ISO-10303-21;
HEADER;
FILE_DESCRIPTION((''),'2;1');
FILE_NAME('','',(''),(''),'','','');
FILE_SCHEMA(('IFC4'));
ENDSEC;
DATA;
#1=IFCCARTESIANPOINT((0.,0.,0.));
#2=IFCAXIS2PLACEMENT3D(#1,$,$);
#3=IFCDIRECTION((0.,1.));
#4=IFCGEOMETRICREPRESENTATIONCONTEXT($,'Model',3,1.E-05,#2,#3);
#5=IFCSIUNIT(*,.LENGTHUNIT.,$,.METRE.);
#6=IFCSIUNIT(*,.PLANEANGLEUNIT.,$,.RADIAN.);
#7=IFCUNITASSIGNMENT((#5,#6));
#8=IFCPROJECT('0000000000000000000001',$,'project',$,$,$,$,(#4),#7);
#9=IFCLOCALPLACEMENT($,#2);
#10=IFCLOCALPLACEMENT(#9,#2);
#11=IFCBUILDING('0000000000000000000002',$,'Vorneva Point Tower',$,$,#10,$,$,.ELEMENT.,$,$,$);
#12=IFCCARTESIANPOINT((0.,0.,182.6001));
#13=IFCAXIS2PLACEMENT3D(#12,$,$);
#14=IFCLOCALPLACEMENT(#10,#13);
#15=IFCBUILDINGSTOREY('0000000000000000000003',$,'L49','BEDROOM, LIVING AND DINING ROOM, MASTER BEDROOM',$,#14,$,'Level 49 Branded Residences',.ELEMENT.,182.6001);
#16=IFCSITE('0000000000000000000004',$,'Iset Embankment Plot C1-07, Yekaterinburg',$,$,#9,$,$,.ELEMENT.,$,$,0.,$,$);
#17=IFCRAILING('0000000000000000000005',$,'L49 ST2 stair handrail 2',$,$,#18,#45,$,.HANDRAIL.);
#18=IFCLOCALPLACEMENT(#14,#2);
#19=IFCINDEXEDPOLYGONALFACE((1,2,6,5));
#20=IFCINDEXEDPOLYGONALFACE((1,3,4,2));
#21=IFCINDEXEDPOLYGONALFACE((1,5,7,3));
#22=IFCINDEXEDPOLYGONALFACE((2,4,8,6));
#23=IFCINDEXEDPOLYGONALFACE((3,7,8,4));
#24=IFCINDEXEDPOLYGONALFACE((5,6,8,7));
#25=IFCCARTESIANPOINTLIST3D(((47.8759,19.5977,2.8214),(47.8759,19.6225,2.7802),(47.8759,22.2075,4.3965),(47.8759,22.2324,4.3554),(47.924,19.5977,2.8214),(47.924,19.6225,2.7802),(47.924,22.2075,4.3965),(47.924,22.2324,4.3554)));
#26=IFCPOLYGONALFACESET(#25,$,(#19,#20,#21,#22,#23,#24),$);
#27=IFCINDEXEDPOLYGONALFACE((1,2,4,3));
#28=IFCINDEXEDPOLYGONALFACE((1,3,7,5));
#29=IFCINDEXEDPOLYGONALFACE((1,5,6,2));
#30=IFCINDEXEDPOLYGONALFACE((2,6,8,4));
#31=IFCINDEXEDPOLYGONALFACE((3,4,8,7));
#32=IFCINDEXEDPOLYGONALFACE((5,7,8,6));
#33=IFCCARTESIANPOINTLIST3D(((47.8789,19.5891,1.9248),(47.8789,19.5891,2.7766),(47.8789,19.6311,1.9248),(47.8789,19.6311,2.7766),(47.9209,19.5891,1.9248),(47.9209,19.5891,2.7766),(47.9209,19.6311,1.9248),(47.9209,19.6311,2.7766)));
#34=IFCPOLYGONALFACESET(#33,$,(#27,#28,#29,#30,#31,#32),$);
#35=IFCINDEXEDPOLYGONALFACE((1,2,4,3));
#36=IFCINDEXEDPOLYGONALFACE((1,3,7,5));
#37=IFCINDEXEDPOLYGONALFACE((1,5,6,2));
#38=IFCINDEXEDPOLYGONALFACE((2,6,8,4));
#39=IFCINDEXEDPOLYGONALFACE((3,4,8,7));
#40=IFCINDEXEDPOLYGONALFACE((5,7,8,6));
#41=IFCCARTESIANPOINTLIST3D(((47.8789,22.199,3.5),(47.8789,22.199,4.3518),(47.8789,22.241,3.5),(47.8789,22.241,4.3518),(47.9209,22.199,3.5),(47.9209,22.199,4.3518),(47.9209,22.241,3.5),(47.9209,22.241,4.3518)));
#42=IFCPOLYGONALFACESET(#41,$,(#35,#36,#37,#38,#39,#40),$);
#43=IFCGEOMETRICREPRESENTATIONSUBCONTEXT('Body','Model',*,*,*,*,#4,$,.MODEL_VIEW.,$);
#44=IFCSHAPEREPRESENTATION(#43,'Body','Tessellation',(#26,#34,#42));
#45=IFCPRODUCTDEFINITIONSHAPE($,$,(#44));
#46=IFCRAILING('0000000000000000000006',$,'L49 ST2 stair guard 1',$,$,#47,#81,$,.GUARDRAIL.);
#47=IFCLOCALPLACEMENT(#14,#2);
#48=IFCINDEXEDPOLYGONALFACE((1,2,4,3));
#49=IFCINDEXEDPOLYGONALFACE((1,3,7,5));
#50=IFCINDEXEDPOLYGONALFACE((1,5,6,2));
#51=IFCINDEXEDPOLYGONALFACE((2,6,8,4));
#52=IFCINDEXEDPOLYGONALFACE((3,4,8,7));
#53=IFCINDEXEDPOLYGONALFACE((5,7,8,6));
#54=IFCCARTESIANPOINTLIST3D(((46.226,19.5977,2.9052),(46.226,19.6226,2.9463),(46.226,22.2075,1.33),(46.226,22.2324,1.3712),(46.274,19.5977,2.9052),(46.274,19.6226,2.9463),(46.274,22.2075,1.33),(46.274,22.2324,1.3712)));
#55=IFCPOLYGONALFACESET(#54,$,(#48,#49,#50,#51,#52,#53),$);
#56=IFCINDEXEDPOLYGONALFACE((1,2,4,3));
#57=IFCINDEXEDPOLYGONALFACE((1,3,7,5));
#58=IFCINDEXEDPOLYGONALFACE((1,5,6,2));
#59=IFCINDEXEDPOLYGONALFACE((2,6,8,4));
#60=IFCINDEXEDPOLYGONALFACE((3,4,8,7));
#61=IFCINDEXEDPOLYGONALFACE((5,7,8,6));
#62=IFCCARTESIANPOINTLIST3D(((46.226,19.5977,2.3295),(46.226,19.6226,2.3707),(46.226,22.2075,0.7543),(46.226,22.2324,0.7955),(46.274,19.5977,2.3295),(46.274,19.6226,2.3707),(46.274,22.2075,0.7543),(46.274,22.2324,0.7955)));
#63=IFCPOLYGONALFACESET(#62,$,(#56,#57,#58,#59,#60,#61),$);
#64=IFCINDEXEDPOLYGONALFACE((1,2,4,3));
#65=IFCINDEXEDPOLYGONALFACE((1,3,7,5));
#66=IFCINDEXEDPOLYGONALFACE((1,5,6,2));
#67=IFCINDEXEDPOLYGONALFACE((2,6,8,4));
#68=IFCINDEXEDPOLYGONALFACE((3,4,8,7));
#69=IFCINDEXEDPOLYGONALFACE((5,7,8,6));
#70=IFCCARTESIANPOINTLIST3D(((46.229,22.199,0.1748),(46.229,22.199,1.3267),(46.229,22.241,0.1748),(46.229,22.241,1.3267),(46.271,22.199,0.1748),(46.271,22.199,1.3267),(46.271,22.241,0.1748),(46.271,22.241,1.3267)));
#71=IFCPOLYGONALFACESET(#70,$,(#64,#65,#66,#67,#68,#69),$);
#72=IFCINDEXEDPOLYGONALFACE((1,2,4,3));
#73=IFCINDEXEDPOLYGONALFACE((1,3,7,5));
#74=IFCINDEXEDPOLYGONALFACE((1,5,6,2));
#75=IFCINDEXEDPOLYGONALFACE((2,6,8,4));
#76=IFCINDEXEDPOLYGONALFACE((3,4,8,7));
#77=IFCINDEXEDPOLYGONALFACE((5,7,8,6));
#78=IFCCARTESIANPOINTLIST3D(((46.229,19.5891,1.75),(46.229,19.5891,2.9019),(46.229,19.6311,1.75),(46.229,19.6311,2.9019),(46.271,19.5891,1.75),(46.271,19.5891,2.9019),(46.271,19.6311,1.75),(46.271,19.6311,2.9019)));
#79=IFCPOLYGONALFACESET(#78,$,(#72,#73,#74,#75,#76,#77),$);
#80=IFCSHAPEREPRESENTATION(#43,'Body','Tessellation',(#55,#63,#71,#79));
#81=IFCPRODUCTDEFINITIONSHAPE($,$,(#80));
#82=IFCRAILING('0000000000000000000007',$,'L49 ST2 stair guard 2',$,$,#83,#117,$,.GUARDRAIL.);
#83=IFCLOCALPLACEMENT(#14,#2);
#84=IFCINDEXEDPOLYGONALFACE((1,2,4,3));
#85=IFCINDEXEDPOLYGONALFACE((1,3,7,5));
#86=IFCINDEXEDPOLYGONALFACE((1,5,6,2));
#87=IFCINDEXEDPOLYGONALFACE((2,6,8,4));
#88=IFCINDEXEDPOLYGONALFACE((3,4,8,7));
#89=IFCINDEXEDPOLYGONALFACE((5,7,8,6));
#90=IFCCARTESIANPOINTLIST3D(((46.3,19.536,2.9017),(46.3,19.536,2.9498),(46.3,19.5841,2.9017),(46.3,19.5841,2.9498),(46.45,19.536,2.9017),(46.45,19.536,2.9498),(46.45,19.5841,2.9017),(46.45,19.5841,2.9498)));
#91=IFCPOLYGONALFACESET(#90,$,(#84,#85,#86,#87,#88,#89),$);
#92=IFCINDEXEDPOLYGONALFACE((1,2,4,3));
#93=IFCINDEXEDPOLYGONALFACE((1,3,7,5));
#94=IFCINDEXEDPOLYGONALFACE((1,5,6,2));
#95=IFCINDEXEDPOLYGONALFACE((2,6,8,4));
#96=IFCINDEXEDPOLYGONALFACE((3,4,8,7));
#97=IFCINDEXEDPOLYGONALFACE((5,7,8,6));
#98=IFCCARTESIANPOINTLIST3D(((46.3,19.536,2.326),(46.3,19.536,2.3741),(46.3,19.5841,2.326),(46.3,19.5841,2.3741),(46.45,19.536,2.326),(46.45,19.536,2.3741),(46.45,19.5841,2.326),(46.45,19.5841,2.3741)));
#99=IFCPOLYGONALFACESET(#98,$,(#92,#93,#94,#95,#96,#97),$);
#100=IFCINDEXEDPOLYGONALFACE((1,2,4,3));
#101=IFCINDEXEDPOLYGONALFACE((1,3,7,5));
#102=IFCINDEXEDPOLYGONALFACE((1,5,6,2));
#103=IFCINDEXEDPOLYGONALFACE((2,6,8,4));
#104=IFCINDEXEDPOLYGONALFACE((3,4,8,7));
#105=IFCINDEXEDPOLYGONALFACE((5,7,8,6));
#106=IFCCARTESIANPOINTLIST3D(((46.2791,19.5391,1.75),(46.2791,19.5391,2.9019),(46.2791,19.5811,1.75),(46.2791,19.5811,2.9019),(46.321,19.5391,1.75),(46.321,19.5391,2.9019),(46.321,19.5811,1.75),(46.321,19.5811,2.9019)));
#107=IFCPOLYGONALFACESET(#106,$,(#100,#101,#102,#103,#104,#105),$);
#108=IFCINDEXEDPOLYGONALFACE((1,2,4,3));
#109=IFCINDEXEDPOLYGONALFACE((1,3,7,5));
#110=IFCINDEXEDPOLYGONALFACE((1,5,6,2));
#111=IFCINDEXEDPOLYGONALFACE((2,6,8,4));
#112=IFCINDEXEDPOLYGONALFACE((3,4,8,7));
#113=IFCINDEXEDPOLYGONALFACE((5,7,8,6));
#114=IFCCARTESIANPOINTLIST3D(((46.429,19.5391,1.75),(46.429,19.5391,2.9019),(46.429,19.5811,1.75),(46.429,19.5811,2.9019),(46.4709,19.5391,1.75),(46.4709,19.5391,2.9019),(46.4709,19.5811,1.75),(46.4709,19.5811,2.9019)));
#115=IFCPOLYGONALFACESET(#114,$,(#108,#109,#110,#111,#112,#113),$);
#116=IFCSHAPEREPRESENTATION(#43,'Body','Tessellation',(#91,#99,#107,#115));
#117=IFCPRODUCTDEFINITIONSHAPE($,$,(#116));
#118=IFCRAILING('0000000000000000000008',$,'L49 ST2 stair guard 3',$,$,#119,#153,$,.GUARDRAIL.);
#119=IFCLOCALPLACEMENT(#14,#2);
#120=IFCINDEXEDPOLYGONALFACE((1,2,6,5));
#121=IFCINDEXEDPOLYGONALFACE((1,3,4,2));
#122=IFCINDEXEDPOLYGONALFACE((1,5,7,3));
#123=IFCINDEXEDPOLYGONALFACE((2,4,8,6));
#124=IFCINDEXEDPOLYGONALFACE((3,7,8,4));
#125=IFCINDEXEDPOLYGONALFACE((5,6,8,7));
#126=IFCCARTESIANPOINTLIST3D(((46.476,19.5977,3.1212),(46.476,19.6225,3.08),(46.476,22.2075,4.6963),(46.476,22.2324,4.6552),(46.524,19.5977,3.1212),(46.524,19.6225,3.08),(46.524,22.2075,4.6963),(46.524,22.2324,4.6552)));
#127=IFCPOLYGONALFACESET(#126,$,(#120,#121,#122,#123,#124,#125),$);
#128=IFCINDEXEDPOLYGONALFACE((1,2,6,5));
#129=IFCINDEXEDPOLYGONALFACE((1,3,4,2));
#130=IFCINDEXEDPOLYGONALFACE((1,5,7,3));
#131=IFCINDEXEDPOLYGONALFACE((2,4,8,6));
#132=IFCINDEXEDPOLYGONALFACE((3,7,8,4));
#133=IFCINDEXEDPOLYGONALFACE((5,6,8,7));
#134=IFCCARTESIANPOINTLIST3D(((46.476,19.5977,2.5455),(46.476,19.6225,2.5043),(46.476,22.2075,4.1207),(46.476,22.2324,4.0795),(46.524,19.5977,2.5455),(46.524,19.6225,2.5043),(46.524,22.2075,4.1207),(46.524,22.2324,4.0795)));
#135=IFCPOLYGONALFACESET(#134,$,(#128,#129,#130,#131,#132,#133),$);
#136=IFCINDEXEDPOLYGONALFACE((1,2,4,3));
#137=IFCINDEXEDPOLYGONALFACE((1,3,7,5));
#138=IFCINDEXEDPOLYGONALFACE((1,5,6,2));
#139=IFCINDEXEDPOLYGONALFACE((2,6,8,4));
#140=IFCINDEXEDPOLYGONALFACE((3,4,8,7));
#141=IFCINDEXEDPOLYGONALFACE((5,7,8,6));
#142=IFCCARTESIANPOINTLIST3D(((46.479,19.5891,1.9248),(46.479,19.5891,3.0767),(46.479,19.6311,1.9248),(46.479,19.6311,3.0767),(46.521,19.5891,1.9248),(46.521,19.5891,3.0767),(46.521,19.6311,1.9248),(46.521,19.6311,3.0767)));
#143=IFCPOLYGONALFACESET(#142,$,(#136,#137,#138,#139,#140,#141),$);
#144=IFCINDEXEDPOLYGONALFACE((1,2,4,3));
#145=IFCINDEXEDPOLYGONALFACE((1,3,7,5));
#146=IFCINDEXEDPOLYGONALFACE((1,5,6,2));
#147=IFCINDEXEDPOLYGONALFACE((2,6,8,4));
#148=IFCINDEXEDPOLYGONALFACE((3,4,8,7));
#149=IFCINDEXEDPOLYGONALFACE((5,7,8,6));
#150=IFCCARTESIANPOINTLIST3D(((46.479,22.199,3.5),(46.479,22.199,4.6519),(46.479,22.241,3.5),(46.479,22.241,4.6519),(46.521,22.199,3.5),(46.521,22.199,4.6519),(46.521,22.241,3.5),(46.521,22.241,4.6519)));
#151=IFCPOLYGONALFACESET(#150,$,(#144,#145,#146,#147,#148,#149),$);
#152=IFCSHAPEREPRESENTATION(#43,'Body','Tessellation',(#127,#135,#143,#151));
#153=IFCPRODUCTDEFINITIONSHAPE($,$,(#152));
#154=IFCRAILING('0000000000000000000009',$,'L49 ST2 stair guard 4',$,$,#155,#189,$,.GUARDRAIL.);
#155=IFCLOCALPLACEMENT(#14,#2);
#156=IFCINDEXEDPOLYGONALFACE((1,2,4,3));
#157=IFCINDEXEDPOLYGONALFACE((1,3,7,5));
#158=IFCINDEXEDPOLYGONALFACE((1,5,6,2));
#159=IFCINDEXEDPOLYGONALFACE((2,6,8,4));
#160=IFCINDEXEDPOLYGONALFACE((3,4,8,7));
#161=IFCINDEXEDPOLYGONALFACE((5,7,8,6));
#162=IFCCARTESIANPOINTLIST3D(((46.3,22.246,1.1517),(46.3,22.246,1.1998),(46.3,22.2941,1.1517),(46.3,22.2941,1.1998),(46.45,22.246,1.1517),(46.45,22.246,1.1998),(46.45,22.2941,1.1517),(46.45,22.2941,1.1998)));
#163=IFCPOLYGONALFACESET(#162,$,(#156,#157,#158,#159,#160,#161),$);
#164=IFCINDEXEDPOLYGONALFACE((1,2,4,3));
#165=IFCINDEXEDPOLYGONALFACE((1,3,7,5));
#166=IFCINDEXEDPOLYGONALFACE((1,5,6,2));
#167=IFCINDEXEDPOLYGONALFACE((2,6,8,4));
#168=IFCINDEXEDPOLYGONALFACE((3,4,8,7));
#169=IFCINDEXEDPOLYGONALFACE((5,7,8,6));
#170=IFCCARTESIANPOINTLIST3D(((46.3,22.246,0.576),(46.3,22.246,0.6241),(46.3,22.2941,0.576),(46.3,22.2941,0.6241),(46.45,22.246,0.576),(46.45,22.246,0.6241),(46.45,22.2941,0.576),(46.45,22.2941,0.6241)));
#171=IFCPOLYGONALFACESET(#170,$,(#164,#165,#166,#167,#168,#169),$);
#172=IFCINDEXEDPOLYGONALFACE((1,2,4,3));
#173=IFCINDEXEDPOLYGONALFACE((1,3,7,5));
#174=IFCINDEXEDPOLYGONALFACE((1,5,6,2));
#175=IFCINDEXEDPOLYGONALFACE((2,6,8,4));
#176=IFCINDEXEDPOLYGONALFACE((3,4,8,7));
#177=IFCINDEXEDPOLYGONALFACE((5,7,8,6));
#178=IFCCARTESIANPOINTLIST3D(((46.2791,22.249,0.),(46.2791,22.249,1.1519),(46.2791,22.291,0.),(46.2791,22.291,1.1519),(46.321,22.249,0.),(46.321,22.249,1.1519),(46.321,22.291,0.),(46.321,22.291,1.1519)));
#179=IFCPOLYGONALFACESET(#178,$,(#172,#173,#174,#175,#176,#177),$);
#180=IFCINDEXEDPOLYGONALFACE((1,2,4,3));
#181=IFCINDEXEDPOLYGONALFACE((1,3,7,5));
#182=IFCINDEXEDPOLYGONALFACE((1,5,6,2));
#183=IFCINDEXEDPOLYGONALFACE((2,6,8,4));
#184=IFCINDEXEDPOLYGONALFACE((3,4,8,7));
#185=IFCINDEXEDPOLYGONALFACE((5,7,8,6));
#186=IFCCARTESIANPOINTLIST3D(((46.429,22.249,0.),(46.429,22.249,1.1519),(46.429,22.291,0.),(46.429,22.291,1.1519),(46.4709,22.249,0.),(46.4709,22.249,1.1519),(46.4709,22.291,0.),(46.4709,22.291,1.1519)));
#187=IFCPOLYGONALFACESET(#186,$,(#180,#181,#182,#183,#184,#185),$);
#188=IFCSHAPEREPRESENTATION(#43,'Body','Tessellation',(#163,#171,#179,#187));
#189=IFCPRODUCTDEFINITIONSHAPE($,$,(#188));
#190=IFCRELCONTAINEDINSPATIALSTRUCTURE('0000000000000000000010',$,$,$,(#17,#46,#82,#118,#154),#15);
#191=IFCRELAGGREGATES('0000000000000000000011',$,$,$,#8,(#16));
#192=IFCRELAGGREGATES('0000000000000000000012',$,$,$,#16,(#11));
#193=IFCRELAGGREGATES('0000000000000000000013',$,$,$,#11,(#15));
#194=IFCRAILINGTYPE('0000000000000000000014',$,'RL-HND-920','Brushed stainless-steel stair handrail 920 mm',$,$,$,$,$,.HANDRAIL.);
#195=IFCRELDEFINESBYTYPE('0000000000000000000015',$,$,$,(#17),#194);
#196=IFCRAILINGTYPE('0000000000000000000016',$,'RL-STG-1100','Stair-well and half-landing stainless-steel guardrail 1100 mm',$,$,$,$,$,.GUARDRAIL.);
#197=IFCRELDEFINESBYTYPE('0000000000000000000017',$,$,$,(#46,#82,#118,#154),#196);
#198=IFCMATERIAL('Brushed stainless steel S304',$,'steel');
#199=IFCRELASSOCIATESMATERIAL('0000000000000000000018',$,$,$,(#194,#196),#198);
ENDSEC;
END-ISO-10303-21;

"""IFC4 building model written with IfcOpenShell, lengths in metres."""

from ifc_helpers import new_model, si_unit, direction, frame, origin, origin_2d, place, context, subcontext, project, spatial, rectangle, extrude, material, type_object, element, save


model = new_model("IFC4")

# Units and contexts
model_context = context("Model", 3, precision=1e-05, world=origin(), true_north=direction((0.0, 1.0)))
body_context = subcontext(model_context, "Body", "Model", "MODEL_VIEW")
ifc_project = project(units=[si_unit("LENGTHUNIT", "METRE"), si_unit("PLANEANGLEUNIT", "RADIAN")], contexts=[model_context])

# Site, building, storey
site_placement = place(None, origin())
site = spatial("IfcSite", under=ifc_project, at=site_placement, Name="Iset Embankment Plot C1-07, Yekaterinburg", CompositionType="ELEMENT", RefElevation=0.0)
building_placement = place(site_placement, origin())
building = spatial("IfcBuilding", under=site, at=building_placement, Name="Vorneva Point Tower", CompositionType="ELEMENT")
storey_placement = place(building_placement, frame((0.0, 0.0, 182.6001)))
storey = spatial("IfcBuildingStorey", under=building, at=storey_placement, Name="L49", Description="BEDROOM, LIVING AND DINING ROOM, MASTER BEDROOM", LongName="Level 49 Branded Residences", CompositionType="ELEMENT", Elevation=182.6001)

# Railings
ifc_material_1 = material(Name="Brushed stainless steel S304", Category="steel")
railing_type_1 = type_object("IfcRailingType", Name="RL-HND-920", Description="Brushed stainless-steel stair handrail 920 mm", PredefinedType="HANDRAIL", material=ifc_material_1)
railing_1_placement = place(storey_placement, frame((47.8999, 19.6101, 1.9248)))
element("IfcRailing", 1, at=railing_1_placement, inside=storey, type_object=railing_type_1, Name="L49 ST2 stair handrail 2", PredefinedType="HANDRAIL", context=body_context, shape_type="SweptSolid", body=[
    extrude(rectangle(XDim=0.0481, YDim=0.0481, at=origin_2d()), frame((0.0, 0.0, 0.876), z_axis=(0.0, 0.856147, 0.516732), x_axis=(-1.0, 0.0, 0.0)), (0.0, 0.0, 1.0), 3.0483),
    extrude(rectangle(XDim=0.042, YDim=0.042, at=origin_2d()), origin(), (0.0, 0.0, 1.0), 0.8518),
    extrude(rectangle(XDim=0.042, YDim=0.042, at=origin_2d()), frame((0.0, 2.6099, 1.5752)), (0.0, 0.0, 1.0), 0.8518),
])
railing_type_2 = type_object("IfcRailingType", Name="RL-STG-1100", Description="Stair-well and half-landing stainless-steel guardrail 1100 mm", PredefinedType="GUARDRAIL", material=ifc_material_1)
railing_2_placement = place(storey_placement, frame((46.25, 22.22, 0.1748)))
element("IfcRailing", 2, at=railing_2_placement, inside=storey, type_object=railing_type_2, Name="L49 ST2 stair guard 1", PredefinedType="GUARDRAIL", context=body_context, shape_type="SweptSolid", body=[
    extrude(rectangle(XDim=0.0481, YDim=0.0481, at=origin_2d()), frame((0.0, 0.0, 1.1758), z_axis=(0.0, -0.856147, 0.516732), x_axis=(1.0, 0.0, 0.0)), (0.0, 0.0, 1.0), 3.0483),
    extrude(rectangle(XDim=0.0481, YDim=0.0481, at=origin_2d()), frame((0.0, 0.0, 0.6001), z_axis=(0.0, -0.856147, 0.516732), x_axis=(1.0, 0.0, 0.0)), (0.0, 0.0, 1.0), 3.0483),
    extrude(rectangle(XDim=0.042, YDim=0.042, at=origin_2d()), origin(), (0.0, 0.0, 1.0), 1.1519),
    extrude(rectangle(XDim=0.042, YDim=0.042, at=origin_2d()), frame((0.0, -2.6099, 1.5752)), (0.0, 0.0, 1.0), 1.1519),
])
railing_3_placement = place(storey_placement, frame((46.3, 19.5601, 1.75)))
element("IfcRailing", 3, at=railing_3_placement, inside=storey, type_object=railing_type_2, Name="L49 ST2 stair guard 2", PredefinedType="GUARDRAIL", context=body_context, shape_type="SweptSolid", body=[
    extrude(rectangle(XDim=0.0481, YDim=0.0481, at=origin_2d()), frame((0.0, 0.0, 1.1758), z_axis=(1.0, 0.0, 0.0), x_axis=(0.0, 1.0, 0.0)), (0.0, 0.0, 1.0), 0.1499),
    extrude(rectangle(XDim=0.0481, YDim=0.0481, at=origin_2d()), frame((0.0, 0.0, 0.6001), z_axis=(1.0, 0.0, 0.0), x_axis=(0.0, 1.0, 0.0)), (0.0, 0.0, 1.0), 0.1499),
    extrude(rectangle(XDim=0.042, YDim=0.042, at=origin_2d()), origin(), (0.0, 0.0, 1.0), 1.1519),
    extrude(rectangle(XDim=0.042, YDim=0.042, at=origin_2d()), frame((0.1499, 0.0, 0.0)), (0.0, 0.0, 1.0), 1.1519),
])
railing_4_placement = place(storey_placement, frame((46.5, 19.6101, 1.9248)))
element("IfcRailing", 4, at=railing_4_placement, inside=storey, type_object=railing_type_2, Name="L49 ST2 stair guard 3", PredefinedType="GUARDRAIL", context=body_context, shape_type="SweptSolid", body=[
    extrude(rectangle(XDim=0.0481, YDim=0.0481, at=origin_2d()), frame((0.0, 0.0, 1.1758), z_axis=(0.0, 0.856147, 0.516732), x_axis=(-1.0, 0.0, 0.0)), (0.0, 0.0, 1.0), 3.0483),
    extrude(rectangle(XDim=0.0481, YDim=0.0481, at=origin_2d()), frame((0.0, 0.0, 0.6001), z_axis=(0.0, 0.856147, 0.516732), x_axis=(-1.0, 0.0, 0.0)), (0.0, 0.0, 1.0), 3.0483),
    extrude(rectangle(XDim=0.042, YDim=0.042, at=origin_2d()), origin(), (0.0, 0.0, 1.0), 1.1519),
    extrude(rectangle(XDim=0.042, YDim=0.042, at=origin_2d()), frame((0.0, 2.6099, 1.5752)), (0.0, 0.0, 1.0), 1.1519),
])
railing_5_placement = place(storey_placement, frame((46.3, 22.27, 0.0)))
element("IfcRailing", 5, at=railing_5_placement, inside=storey, type_object=railing_type_2, Name="L49 ST2 stair guard 4", PredefinedType="GUARDRAIL", context=body_context, shape_type="SweptSolid", body=[
    extrude(rectangle(XDim=0.0481, YDim=0.0481, at=origin_2d()), frame((0.0, 0.0, 1.1758), z_axis=(1.0, 0.0, 0.0), x_axis=(0.0, 1.0, 0.0)), (0.0, 0.0, 1.0), 0.1499),
    extrude(rectangle(XDim=0.0481, YDim=0.0481, at=origin_2d()), frame((0.0, 0.0, 0.6001), z_axis=(1.0, 0.0, 0.0), x_axis=(0.0, 1.0, 0.0)), (0.0, 0.0, 1.0), 0.1499),
    extrude(rectangle(XDim=0.042, YDim=0.042, at=origin_2d()), origin(), (0.0, 0.0, 1.0), 1.1519),
    extrude(rectangle(XDim=0.042, YDim=0.042, at=origin_2d()), frame((0.1499, 0.0, 0.0)), (0.0, 0.0, 1.0), 1.1519),
])

save(model, "model.ifc")
